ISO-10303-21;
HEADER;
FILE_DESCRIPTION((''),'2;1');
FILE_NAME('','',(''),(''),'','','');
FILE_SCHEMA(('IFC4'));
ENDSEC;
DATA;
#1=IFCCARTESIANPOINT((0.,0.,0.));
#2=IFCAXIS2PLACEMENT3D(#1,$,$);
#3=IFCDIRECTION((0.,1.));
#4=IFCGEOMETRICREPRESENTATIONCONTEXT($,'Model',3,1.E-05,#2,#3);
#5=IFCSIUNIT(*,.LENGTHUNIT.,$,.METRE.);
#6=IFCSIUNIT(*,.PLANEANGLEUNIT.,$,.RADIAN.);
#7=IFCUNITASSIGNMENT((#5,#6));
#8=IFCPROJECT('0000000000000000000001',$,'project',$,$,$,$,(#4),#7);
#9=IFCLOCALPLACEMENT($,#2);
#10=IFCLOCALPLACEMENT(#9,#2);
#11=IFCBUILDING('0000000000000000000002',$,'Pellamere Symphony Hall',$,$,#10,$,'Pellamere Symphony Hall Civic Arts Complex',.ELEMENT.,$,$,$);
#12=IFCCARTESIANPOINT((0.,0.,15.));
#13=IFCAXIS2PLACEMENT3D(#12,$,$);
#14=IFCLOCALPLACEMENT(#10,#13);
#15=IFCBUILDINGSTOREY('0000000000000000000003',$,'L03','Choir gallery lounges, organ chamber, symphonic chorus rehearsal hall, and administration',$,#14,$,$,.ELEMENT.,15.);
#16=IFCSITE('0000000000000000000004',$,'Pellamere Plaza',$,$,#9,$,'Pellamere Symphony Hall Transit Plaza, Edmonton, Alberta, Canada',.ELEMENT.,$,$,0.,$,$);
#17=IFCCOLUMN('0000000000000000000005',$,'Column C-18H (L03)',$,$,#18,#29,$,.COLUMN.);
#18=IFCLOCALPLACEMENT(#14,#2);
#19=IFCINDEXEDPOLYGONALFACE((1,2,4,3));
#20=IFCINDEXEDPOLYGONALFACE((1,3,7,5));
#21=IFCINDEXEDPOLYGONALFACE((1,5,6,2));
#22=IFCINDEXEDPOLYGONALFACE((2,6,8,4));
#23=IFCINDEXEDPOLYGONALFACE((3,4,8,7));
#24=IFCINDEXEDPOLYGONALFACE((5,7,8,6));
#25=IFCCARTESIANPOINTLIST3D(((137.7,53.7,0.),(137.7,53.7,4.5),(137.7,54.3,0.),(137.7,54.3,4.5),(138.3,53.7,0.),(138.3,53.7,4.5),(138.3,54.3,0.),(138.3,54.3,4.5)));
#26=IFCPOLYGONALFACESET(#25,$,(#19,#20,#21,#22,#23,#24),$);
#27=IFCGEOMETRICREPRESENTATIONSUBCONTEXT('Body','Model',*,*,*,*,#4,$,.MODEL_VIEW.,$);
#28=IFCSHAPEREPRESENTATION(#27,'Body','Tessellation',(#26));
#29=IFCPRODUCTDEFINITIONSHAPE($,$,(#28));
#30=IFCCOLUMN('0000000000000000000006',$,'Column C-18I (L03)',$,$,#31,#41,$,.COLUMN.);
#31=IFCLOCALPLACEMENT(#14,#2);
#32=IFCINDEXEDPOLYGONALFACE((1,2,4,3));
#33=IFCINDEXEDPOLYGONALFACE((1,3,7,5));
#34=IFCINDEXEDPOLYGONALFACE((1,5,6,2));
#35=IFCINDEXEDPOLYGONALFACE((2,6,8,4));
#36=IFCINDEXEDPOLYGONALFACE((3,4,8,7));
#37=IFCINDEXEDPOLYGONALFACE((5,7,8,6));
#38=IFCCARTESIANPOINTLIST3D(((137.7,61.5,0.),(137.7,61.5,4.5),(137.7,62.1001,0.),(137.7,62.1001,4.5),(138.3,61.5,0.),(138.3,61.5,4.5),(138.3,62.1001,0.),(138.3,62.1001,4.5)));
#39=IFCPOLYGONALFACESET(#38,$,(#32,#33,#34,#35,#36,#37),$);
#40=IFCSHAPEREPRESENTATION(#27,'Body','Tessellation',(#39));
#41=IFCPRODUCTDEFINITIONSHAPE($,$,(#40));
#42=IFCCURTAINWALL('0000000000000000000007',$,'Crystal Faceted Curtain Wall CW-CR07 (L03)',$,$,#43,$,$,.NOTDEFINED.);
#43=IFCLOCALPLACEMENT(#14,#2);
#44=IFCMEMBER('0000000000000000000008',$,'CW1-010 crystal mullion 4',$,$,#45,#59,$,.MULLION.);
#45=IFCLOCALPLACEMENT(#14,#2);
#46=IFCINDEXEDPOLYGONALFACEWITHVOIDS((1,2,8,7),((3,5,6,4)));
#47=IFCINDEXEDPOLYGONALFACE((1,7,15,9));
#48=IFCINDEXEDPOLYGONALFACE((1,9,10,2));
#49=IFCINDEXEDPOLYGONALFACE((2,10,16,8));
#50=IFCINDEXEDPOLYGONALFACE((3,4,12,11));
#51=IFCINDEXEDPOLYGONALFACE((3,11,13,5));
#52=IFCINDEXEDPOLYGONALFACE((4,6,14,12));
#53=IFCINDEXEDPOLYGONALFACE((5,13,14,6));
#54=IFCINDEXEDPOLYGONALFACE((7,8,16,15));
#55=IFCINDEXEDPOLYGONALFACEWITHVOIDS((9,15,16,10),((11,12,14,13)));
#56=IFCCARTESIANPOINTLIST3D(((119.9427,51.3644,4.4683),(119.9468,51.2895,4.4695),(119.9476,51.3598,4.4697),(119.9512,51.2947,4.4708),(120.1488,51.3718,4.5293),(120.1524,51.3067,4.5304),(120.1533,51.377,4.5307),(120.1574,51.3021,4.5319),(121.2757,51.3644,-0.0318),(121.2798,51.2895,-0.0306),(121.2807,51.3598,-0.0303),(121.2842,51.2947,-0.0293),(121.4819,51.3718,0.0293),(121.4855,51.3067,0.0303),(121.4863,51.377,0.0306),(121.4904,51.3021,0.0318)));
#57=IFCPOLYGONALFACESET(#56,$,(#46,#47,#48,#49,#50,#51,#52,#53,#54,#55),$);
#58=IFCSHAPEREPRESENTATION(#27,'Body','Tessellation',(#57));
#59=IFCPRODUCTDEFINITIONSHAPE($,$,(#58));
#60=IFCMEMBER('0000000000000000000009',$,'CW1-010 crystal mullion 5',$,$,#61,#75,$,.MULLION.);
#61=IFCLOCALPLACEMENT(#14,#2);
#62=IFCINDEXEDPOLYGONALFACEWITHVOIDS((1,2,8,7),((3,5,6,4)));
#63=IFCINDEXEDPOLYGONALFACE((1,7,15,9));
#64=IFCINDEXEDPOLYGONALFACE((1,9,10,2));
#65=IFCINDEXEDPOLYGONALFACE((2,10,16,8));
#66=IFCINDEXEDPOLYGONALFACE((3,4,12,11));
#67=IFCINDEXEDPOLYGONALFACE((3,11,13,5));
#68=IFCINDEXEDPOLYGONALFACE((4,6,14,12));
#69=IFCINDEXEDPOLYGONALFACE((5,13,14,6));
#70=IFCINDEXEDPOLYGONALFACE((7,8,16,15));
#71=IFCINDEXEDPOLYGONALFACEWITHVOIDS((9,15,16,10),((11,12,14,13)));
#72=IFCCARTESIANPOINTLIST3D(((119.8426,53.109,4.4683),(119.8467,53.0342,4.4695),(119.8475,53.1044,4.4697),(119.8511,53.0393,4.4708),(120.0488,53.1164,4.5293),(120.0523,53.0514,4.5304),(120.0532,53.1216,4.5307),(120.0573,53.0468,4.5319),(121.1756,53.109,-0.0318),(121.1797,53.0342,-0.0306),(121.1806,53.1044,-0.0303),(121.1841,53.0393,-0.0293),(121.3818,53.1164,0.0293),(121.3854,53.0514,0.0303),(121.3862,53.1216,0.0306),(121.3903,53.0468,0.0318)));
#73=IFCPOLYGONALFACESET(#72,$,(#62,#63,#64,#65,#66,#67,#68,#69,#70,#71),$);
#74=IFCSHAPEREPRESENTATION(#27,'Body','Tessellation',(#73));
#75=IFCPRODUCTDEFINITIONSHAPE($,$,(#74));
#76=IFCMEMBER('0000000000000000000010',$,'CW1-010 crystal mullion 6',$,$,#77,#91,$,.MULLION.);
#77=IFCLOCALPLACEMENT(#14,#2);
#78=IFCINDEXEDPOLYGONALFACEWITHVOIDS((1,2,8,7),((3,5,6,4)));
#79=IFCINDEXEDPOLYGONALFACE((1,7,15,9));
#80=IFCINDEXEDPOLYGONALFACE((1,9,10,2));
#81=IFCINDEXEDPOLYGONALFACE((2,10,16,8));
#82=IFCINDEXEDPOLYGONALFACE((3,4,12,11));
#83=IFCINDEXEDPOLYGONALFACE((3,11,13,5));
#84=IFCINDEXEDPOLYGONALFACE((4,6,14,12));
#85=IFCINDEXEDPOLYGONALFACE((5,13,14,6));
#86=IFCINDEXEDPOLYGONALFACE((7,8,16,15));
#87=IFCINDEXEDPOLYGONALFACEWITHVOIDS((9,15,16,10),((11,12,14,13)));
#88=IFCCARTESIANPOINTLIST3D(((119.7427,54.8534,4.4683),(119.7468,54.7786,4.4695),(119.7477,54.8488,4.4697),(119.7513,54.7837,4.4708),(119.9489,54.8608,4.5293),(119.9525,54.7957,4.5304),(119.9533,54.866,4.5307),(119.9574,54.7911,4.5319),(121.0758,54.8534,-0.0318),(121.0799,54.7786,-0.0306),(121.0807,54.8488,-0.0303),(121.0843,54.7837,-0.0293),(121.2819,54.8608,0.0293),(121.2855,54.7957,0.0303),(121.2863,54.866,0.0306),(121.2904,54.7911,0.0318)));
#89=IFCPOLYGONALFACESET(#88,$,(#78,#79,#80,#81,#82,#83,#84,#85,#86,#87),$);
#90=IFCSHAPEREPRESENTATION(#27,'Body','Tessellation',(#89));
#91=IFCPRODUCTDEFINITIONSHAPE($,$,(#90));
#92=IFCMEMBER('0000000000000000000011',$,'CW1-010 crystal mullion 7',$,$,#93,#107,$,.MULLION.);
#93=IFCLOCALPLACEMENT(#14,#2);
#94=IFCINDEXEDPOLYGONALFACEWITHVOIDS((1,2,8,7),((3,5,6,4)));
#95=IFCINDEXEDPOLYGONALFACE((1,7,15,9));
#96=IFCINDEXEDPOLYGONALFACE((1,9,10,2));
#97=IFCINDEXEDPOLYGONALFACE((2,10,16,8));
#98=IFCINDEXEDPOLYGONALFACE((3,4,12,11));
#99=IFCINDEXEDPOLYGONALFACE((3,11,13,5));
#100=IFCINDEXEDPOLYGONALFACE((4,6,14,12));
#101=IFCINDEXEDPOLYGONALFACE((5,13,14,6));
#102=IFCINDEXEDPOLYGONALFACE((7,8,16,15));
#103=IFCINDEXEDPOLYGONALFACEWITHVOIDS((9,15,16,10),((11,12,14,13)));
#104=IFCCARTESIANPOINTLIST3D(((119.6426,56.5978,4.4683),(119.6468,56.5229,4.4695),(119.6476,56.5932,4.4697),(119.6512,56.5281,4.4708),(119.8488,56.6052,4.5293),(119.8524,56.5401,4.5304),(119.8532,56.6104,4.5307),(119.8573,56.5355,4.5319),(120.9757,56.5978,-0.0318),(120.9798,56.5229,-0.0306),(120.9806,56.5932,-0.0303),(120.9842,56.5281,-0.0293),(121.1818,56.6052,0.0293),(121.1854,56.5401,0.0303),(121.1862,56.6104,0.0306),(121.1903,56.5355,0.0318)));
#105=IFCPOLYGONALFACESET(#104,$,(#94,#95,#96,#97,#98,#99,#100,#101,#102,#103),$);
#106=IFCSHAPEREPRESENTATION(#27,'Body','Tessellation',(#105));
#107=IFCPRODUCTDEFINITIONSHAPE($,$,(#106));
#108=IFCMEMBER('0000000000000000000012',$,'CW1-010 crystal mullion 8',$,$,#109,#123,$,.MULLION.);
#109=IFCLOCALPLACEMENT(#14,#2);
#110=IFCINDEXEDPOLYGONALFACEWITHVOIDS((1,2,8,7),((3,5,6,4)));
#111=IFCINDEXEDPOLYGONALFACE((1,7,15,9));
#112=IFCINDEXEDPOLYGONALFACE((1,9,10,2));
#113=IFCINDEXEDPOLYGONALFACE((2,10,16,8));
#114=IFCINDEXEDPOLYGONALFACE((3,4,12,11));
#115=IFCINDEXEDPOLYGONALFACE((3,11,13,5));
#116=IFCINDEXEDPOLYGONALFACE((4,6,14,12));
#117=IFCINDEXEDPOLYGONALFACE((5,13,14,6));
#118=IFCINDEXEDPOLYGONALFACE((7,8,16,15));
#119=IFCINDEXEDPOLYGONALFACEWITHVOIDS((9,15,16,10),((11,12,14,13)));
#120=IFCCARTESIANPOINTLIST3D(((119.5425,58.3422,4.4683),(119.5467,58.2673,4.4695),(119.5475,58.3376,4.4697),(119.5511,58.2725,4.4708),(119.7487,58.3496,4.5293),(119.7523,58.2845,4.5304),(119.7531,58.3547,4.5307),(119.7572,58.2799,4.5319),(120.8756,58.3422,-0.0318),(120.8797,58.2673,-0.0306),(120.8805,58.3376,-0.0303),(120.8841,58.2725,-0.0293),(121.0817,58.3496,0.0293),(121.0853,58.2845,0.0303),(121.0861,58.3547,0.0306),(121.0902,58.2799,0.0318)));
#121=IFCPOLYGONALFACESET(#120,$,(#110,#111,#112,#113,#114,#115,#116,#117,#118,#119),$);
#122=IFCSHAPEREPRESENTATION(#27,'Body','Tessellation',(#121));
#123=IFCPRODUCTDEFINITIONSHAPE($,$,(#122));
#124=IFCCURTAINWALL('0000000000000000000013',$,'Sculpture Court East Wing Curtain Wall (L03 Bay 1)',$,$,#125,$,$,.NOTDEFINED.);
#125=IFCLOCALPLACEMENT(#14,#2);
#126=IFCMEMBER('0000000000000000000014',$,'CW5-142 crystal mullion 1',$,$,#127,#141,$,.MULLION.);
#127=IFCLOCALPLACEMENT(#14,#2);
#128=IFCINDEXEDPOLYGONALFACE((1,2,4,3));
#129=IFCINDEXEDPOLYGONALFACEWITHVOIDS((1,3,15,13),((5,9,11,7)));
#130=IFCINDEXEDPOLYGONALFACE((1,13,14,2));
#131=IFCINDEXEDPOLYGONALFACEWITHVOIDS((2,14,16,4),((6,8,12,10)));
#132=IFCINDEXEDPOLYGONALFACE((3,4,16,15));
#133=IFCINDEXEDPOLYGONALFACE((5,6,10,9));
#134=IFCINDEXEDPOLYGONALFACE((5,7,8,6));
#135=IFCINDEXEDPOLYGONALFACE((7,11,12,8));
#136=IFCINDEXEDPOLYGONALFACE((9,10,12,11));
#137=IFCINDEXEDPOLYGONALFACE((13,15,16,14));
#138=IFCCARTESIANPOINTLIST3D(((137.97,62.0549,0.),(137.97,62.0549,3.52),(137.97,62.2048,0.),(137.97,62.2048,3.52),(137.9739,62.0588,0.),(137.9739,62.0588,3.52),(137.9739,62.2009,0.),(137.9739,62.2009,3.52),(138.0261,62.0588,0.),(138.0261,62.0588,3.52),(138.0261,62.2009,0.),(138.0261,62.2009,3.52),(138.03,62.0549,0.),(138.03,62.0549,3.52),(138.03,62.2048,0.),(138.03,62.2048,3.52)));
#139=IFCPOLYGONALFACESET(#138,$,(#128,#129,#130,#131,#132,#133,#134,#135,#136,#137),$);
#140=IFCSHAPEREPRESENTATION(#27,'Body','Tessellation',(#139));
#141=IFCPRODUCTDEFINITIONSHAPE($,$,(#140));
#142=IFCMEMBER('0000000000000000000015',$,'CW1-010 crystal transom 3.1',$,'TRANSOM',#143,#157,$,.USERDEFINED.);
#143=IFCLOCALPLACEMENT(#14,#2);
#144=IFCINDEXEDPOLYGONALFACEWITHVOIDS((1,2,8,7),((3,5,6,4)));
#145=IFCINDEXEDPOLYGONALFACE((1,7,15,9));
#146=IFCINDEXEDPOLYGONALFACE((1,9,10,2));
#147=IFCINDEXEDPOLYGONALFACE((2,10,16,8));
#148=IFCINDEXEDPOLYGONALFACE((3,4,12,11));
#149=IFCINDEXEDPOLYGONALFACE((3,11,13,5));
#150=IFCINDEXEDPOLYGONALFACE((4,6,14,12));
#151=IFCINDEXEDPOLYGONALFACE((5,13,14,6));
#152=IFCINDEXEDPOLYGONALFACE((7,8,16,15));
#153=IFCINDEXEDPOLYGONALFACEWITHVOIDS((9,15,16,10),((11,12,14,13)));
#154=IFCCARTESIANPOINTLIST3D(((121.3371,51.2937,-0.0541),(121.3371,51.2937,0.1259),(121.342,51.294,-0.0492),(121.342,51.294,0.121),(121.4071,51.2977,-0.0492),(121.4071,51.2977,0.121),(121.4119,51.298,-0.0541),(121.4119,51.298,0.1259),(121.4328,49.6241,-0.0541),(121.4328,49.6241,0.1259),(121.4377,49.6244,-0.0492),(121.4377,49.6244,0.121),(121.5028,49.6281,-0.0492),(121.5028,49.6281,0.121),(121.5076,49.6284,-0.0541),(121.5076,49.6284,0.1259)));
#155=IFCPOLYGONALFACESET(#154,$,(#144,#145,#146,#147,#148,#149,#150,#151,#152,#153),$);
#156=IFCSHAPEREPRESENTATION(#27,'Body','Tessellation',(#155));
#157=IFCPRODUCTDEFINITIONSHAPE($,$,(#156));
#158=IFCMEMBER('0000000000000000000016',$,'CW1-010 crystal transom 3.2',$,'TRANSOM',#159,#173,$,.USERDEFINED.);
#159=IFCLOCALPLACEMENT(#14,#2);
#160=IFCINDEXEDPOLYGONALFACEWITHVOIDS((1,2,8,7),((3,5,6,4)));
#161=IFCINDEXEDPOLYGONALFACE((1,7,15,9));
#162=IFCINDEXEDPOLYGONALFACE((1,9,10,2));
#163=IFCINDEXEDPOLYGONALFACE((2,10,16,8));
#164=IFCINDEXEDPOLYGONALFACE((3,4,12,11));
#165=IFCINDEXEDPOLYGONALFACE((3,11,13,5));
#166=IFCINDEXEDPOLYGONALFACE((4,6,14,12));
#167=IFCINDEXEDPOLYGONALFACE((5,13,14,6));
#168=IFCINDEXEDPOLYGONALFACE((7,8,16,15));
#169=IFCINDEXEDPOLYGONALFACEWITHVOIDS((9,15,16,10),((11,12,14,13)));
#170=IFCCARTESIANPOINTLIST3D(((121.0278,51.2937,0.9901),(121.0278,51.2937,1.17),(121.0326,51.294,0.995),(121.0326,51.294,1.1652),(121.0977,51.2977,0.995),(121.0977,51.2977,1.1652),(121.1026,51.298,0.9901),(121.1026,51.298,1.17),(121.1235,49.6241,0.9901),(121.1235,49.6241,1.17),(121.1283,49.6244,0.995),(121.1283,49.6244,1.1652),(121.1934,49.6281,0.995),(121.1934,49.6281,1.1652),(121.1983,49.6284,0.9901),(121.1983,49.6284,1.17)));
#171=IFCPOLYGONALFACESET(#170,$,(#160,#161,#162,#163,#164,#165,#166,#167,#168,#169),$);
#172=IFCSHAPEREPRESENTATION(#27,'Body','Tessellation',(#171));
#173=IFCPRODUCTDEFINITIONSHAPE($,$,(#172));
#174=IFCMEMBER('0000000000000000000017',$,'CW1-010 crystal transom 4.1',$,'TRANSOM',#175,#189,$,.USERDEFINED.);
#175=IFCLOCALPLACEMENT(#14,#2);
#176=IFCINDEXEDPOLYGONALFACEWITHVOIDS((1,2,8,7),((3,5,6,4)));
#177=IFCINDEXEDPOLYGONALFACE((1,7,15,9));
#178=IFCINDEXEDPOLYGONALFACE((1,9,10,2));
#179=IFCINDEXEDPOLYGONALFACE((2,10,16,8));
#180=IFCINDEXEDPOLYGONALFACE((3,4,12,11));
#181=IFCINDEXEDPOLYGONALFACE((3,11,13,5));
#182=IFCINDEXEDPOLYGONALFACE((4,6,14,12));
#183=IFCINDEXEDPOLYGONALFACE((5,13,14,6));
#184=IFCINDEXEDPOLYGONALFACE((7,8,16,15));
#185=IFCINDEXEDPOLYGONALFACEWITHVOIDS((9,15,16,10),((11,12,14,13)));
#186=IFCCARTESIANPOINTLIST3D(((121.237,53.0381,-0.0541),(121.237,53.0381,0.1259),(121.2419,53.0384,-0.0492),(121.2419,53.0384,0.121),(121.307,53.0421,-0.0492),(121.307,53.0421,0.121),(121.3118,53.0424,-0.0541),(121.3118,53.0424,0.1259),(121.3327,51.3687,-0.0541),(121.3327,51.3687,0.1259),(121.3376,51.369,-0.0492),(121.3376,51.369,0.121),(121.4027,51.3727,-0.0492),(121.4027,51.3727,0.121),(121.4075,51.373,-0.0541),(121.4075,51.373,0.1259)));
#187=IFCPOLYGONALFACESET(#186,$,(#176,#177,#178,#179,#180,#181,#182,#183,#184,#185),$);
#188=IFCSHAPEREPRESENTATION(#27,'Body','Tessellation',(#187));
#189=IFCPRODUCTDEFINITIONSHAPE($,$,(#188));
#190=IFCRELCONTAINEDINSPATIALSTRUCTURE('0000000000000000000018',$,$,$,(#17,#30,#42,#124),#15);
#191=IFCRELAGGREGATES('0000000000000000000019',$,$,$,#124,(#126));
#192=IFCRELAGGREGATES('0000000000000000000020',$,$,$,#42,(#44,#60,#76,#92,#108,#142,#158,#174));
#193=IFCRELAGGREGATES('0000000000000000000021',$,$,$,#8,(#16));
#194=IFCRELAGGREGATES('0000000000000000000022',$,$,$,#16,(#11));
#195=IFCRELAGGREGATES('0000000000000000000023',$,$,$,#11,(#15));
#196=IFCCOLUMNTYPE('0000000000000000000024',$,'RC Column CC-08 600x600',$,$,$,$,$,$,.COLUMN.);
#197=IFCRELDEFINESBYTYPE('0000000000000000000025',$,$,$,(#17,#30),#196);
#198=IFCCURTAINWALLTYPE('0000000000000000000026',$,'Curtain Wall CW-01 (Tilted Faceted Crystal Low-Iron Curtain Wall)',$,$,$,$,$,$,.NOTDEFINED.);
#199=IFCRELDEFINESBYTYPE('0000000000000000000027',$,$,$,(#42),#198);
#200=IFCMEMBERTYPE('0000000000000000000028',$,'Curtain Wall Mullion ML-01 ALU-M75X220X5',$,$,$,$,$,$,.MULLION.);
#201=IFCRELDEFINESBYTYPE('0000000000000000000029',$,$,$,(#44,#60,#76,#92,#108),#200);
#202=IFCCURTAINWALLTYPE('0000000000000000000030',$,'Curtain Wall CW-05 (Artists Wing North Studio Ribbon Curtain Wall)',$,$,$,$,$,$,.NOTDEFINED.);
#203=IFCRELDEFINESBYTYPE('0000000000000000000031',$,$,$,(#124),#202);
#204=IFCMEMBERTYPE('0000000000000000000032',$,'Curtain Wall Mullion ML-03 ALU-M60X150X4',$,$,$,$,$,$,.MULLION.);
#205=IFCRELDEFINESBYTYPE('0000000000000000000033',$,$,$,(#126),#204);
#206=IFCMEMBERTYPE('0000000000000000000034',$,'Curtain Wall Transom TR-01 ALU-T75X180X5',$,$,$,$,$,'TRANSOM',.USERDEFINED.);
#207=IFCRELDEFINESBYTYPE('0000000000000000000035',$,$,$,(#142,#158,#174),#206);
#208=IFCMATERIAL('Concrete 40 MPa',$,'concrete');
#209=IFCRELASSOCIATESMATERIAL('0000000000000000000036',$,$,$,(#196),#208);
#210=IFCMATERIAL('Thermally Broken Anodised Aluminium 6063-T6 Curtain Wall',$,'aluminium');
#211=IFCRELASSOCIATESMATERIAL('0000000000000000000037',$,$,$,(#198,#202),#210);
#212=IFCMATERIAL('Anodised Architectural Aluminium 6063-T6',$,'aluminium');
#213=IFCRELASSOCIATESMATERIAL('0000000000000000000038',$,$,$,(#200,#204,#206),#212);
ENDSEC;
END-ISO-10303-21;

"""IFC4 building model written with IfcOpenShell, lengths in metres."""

from ifc_helpers import new_model, si_unit, direction, frame, origin, origin_2d, place, context, subcontext, project, spatial, rectangle, hollow_rectangle, extrude, material, material_profile, profile_set, type_object, element, aggregate, save


model = new_model("IFC4")

# Units and contexts
model_context = context("Model", 3, precision=1e-05, world=origin(), true_north=direction((0.0, 1.0)))
body_context = subcontext(model_context, "Body", "Model", "MODEL_VIEW")
ifc_project = project(units=[si_unit("LENGTHUNIT", "METRE"), si_unit("PLANEANGLEUNIT", "RADIAN")], contexts=[model_context])

# Site, building, storey
site_placement = place(None, origin())
site = spatial("IfcSite", under=ifc_project, at=site_placement, Name="Pellamere Plaza", LongName="Pellamere Symphony Hall Transit Plaza, Edmonton, Alberta, Canada", CompositionType="ELEMENT", RefElevation=0.0)
building_placement = place(site_placement, origin())
building = spatial("IfcBuilding", under=site, at=building_placement, Name="Pellamere Symphony Hall", LongName="Pellamere Symphony Hall Civic Arts Complex", CompositionType="ELEMENT")
storey_placement = place(building_placement, frame((0.0, 0.0, 15.0)))
storey = spatial("IfcBuildingStorey", under=building, at=storey_placement, Name="L03", Description="Choir gallery lounges, organ chamber, symphonic chorus rehearsal hall, and administration", CompositionType="ELEMENT", Elevation=15.0)

# Columns
ifc_material_1 = material(Name="Concrete 40 MPa", Category="concrete")
ifc_material_profile_1 = material_profile(ifc_material_1, rectangle(XDim=0.6001, YDim=0.6001, at=origin_2d()), Name="RC 600x600")
ifc_profile_set_1 = profile_set([ifc_material_profile_1], Name="Concrete 40 MPa")
column_type = type_object("IfcColumnType", Name="RC Column CC-08 600x600", PredefinedType="COLUMN", material=ifc_profile_set_1)
for number, where, z_axis, x_axis, name in (
    (1, (138.0, 54.0, 0.0), (0.0, 0.0, 1.0), (1.0, 0.0, 0.0), "Column C-18H (L03)"),
    (2, (138.0, 61.8, 0.0), (0.0, 0.0, 1.0), (1.0, 0.0, 0.0), "Column C-18I (L03)"),
):
    element("IfcColumn", number, at=place(storey_placement, frame(where, z_axis=z_axis, x_axis=x_axis)), inside=storey, type_object=column_type, Name=name, PredefinedType="COLUMN", context=body_context, shape_type="SweptSolid", body=[
        extrude(rectangle(XDim=0.6001, YDim=0.6001, at=origin_2d()), origin(), (0.0, 0.0, 1.0), 4.5),
    ])

# Curtain wall, members
ifc_material_2 = material(Name="Thermally Broken Anodised Aluminium 6063-T6 Curtain Wall", Category="aluminium")
curtain_wall_type_1 = type_object("IfcCurtainWallType", Name="Curtain Wall CW-01 (Tilted Faceted Crystal Low-Iron Curtain Wall)", PredefinedType="NOTDEFINED", material=ifc_material_2)
curtain_wall_1_placement = place(storey_placement, origin())
curtain_wall_1 = element("IfcCurtainWall", 3, at=curtain_wall_1_placement, inside=storey, type_object=curtain_wall_type_1, Name="Crystal Faceted Curtain Wall CW-CR07 (L03)", PredefinedType="NOTDEFINED")
ifc_material_3 = material(Name="Anodised Architectural Aluminium 6063-T6", Category="aluminium")
ifc_material_profile_2 = material_profile(ifc_material_3, hollow_rectangle(XDim=0.075, YDim=0.22, WallThickness=0.0049, at=origin_2d()), Name="ALU-M75X220X5")
ifc_profile_set_2 = profile_set([ifc_material_profile_2], Name="Anodised Architectural Aluminium 6063-T6")
member_type_1 = type_object("IfcMemberType", Name="Curtain Wall Mullion ML-01 ALU-M75X220X5", PredefinedType="MULLION", material=ifc_profile_set_2)
member_1_placement = place(storey_placement, frame((121.3831, 51.3333, 0.0), z_axis=(-0.284025, 0.0, 0.958817), x_axis=(-0.054874, 0.998361, -0.016255)))
member_1 = element("IfcMember", 4, at=member_1_placement, type_object=member_type_1, Name="CW1-010 crystal mullion 4", PredefinedType="MULLION", context=body_context, shape_type="SweptSolid", body=[
    extrude(hollow_rectangle(XDim=0.075, YDim=0.22, WallThickness=0.0049, at=origin_2d()), origin(), (0.0, 0.0, 1.0), 4.6934),
])
member_2_placement = place(storey_placement, frame((121.283, 53.0779, 0.0), z_axis=(-0.284025, 0.0, 0.958817), x_axis=(-0.054874, 0.998361, -0.016255)))
member_2 = element("IfcMember", 5, at=member_2_placement, type_object=member_type_1, Name="CW1-010 crystal mullion 5", PredefinedType="MULLION", context=body_context, shape_type="SweptSolid", body=[
    extrude(hollow_rectangle(XDim=0.075, YDim=0.22, WallThickness=0.0049, at=origin_2d()), origin(), (0.0, 0.0, 1.0), 4.6934),
])
member_3_placement = place(storey_placement, frame((121.1831, 54.8223, 0.0), z_axis=(-0.284025, 0.0, 0.958817), x_axis=(-0.054874, 0.998361, -0.016255)))
member_3 = element("IfcMember", 6, at=member_3_placement, type_object=member_type_1, Name="CW1-010 crystal mullion 6", PredefinedType="MULLION", context=body_context, shape_type="SweptSolid", body=[
    extrude(hollow_rectangle(XDim=0.075, YDim=0.22, WallThickness=0.0049, at=origin_2d()), origin(), (0.0, 0.0, 1.0), 4.6934),
])
member_4_placement = place(storey_placement, frame((121.083, 56.5667, 0.0), z_axis=(-0.284025, 0.0, 0.958817), x_axis=(-0.054874, 0.998361, -0.016255)))
member_4 = element("IfcMember", 7, at=member_4_placement, type_object=member_type_1, Name="CW1-010 crystal mullion 7", PredefinedType="MULLION", context=body_context, shape_type="SweptSolid", body=[
    extrude(hollow_rectangle(XDim=0.075, YDim=0.22, WallThickness=0.0049, at=origin_2d()), origin(), (0.0, 0.0, 1.0), 4.6934),
])
member_5_placement = place(storey_placement, frame((120.9829, 58.311, 0.0), z_axis=(-0.284025, 0.0, 0.958817), x_axis=(-0.054874, 0.998361, -0.016255)))
member_5 = element("IfcMember", 8, at=member_5_placement, type_object=member_type_1, Name="CW1-010 crystal mullion 8", PredefinedType="MULLION", context=body_context, shape_type="SweptSolid", body=[
    extrude(hollow_rectangle(XDim=0.075, YDim=0.22, WallThickness=0.0049, at=origin_2d()), origin(), (0.0, 0.0, 1.0), 4.6934),
])

# Curtain wall, member
curtain_wall_type_2 = type_object("IfcCurtainWallType", Name="Curtain Wall CW-05 (Artists Wing North Studio Ribbon Curtain Wall)", PredefinedType="NOTDEFINED", material=ifc_material_2)
curtain_wall_2_placement = place(storey_placement, origin())
curtain_wall_2 = element("IfcCurtainWall", 9, at=curtain_wall_2_placement, inside=storey, type_object=curtain_wall_type_2, Name="Sculpture Court East Wing Curtain Wall (L03 Bay 1)", PredefinedType="NOTDEFINED")
ifc_material_profile_3 = material_profile(ifc_material_3, hollow_rectangle(XDim=0.0601, YDim=0.1499, WallThickness=0.0039, at=origin_2d()), Name="ALU-M60X150X4")
ifc_profile_set_3 = profile_set([ifc_material_profile_3], Name="Anodised Architectural Aluminium 6063-T6")
member_type_2 = type_object("IfcMemberType", Name="Curtain Wall Mullion ML-03 ALU-M60X150X4", PredefinedType="MULLION", material=ifc_profile_set_3)
member_6_placement = place(storey_placement, frame((138.0, 62.1299, 0.0), z_axis=(0.0, 0.0, 1.0), x_axis=(-1.0, 0.0, 0.0)))
member_6 = element("IfcMember", 10, at=member_6_placement, type_object=member_type_2, Name="CW5-142 crystal mullion 1", PredefinedType="MULLION", context=body_context, shape_type="SweptSolid", body=[
    extrude(hollow_rectangle(XDim=0.0601, YDim=0.1499, WallThickness=0.0039, at=origin_2d()), origin(), (0.0, 0.0, 1.0), 3.52),
])

# Members
ifc_material_profile_4 = material_profile(ifc_material_3, hollow_rectangle(XDim=0.075, YDim=0.1799, WallThickness=0.0049, at=origin_2d()), Name="ALU-T75X180X5")
ifc_profile_set_4 = profile_set([ifc_material_profile_4], Name="Anodised Architectural Aluminium 6063-T6")
member_type_3 = type_object("IfcMemberType", Name="Curtain Wall Transom TR-01 ALU-T75X180X5", ElementType="TRANSOM", PredefinedType="USERDEFINED", material=ifc_profile_set_4)
member_7_placement = place(storey_placement, frame((121.4702, 49.6262, 0.0359), z_axis=(-0.057224, 0.998361, 0.0), x_axis=(-0.998361, -0.057224, 0.0)))
member_7 = element("IfcMember", 11, at=member_7_placement, type_object=member_type_3, Name="CW1-010 crystal transom 3.1", ObjectType="TRANSOM", PredefinedType="USERDEFINED", context=body_context, shape_type="SweptSolid", body=[
    extrude(hollow_rectangle(XDim=0.075, YDim=0.1799, WallThickness=0.0049, at=origin_2d()), origin(), (0.0, 0.0, 1.0), 1.6724),
])
member_8_placement = place(storey_placement, frame((121.1609, 49.6262, 1.0801), z_axis=(-0.057224, 0.998361, 0.0), x_axis=(-0.998361, -0.057224, 0.0)))
member_8 = element("IfcMember", 12, at=member_8_placement, type_object=member_type_3, Name="CW1-010 crystal transom 3.2", ObjectType="TRANSOM", PredefinedType="USERDEFINED", context=body_context, shape_type="SweptSolid", body=[
    extrude(hollow_rectangle(XDim=0.075, YDim=0.1799, WallThickness=0.0049, at=origin_2d()), origin(), (0.0, 0.0, 1.0), 1.6724),
])
member_9_placement = place(storey_placement, frame((121.3701, 51.3708, 0.0359), z_axis=(-0.057233, 0.998361, 0.0), x_axis=(-0.998361, -0.057233, 0.0)))
member_9 = element("IfcMember", 13, at=member_9_placement, type_object=member_type_3, Name="CW1-010 crystal transom 4.1", ObjectType="TRANSOM", PredefinedType="USERDEFINED", context=body_context, shape_type="SweptSolid", body=[
    extrude(hollow_rectangle(XDim=0.075, YDim=0.1799, WallThickness=0.0049, at=origin_2d()), origin(), (0.0, 0.0, 1.0), 1.6721),
])
aggregate(curtain_wall_2, [member_6])

aggregate(curtain_wall_1, [member_1, member_2, member_3, member_4, member_5, member_7, member_8, member_9])

save(model, "model.ifc")
